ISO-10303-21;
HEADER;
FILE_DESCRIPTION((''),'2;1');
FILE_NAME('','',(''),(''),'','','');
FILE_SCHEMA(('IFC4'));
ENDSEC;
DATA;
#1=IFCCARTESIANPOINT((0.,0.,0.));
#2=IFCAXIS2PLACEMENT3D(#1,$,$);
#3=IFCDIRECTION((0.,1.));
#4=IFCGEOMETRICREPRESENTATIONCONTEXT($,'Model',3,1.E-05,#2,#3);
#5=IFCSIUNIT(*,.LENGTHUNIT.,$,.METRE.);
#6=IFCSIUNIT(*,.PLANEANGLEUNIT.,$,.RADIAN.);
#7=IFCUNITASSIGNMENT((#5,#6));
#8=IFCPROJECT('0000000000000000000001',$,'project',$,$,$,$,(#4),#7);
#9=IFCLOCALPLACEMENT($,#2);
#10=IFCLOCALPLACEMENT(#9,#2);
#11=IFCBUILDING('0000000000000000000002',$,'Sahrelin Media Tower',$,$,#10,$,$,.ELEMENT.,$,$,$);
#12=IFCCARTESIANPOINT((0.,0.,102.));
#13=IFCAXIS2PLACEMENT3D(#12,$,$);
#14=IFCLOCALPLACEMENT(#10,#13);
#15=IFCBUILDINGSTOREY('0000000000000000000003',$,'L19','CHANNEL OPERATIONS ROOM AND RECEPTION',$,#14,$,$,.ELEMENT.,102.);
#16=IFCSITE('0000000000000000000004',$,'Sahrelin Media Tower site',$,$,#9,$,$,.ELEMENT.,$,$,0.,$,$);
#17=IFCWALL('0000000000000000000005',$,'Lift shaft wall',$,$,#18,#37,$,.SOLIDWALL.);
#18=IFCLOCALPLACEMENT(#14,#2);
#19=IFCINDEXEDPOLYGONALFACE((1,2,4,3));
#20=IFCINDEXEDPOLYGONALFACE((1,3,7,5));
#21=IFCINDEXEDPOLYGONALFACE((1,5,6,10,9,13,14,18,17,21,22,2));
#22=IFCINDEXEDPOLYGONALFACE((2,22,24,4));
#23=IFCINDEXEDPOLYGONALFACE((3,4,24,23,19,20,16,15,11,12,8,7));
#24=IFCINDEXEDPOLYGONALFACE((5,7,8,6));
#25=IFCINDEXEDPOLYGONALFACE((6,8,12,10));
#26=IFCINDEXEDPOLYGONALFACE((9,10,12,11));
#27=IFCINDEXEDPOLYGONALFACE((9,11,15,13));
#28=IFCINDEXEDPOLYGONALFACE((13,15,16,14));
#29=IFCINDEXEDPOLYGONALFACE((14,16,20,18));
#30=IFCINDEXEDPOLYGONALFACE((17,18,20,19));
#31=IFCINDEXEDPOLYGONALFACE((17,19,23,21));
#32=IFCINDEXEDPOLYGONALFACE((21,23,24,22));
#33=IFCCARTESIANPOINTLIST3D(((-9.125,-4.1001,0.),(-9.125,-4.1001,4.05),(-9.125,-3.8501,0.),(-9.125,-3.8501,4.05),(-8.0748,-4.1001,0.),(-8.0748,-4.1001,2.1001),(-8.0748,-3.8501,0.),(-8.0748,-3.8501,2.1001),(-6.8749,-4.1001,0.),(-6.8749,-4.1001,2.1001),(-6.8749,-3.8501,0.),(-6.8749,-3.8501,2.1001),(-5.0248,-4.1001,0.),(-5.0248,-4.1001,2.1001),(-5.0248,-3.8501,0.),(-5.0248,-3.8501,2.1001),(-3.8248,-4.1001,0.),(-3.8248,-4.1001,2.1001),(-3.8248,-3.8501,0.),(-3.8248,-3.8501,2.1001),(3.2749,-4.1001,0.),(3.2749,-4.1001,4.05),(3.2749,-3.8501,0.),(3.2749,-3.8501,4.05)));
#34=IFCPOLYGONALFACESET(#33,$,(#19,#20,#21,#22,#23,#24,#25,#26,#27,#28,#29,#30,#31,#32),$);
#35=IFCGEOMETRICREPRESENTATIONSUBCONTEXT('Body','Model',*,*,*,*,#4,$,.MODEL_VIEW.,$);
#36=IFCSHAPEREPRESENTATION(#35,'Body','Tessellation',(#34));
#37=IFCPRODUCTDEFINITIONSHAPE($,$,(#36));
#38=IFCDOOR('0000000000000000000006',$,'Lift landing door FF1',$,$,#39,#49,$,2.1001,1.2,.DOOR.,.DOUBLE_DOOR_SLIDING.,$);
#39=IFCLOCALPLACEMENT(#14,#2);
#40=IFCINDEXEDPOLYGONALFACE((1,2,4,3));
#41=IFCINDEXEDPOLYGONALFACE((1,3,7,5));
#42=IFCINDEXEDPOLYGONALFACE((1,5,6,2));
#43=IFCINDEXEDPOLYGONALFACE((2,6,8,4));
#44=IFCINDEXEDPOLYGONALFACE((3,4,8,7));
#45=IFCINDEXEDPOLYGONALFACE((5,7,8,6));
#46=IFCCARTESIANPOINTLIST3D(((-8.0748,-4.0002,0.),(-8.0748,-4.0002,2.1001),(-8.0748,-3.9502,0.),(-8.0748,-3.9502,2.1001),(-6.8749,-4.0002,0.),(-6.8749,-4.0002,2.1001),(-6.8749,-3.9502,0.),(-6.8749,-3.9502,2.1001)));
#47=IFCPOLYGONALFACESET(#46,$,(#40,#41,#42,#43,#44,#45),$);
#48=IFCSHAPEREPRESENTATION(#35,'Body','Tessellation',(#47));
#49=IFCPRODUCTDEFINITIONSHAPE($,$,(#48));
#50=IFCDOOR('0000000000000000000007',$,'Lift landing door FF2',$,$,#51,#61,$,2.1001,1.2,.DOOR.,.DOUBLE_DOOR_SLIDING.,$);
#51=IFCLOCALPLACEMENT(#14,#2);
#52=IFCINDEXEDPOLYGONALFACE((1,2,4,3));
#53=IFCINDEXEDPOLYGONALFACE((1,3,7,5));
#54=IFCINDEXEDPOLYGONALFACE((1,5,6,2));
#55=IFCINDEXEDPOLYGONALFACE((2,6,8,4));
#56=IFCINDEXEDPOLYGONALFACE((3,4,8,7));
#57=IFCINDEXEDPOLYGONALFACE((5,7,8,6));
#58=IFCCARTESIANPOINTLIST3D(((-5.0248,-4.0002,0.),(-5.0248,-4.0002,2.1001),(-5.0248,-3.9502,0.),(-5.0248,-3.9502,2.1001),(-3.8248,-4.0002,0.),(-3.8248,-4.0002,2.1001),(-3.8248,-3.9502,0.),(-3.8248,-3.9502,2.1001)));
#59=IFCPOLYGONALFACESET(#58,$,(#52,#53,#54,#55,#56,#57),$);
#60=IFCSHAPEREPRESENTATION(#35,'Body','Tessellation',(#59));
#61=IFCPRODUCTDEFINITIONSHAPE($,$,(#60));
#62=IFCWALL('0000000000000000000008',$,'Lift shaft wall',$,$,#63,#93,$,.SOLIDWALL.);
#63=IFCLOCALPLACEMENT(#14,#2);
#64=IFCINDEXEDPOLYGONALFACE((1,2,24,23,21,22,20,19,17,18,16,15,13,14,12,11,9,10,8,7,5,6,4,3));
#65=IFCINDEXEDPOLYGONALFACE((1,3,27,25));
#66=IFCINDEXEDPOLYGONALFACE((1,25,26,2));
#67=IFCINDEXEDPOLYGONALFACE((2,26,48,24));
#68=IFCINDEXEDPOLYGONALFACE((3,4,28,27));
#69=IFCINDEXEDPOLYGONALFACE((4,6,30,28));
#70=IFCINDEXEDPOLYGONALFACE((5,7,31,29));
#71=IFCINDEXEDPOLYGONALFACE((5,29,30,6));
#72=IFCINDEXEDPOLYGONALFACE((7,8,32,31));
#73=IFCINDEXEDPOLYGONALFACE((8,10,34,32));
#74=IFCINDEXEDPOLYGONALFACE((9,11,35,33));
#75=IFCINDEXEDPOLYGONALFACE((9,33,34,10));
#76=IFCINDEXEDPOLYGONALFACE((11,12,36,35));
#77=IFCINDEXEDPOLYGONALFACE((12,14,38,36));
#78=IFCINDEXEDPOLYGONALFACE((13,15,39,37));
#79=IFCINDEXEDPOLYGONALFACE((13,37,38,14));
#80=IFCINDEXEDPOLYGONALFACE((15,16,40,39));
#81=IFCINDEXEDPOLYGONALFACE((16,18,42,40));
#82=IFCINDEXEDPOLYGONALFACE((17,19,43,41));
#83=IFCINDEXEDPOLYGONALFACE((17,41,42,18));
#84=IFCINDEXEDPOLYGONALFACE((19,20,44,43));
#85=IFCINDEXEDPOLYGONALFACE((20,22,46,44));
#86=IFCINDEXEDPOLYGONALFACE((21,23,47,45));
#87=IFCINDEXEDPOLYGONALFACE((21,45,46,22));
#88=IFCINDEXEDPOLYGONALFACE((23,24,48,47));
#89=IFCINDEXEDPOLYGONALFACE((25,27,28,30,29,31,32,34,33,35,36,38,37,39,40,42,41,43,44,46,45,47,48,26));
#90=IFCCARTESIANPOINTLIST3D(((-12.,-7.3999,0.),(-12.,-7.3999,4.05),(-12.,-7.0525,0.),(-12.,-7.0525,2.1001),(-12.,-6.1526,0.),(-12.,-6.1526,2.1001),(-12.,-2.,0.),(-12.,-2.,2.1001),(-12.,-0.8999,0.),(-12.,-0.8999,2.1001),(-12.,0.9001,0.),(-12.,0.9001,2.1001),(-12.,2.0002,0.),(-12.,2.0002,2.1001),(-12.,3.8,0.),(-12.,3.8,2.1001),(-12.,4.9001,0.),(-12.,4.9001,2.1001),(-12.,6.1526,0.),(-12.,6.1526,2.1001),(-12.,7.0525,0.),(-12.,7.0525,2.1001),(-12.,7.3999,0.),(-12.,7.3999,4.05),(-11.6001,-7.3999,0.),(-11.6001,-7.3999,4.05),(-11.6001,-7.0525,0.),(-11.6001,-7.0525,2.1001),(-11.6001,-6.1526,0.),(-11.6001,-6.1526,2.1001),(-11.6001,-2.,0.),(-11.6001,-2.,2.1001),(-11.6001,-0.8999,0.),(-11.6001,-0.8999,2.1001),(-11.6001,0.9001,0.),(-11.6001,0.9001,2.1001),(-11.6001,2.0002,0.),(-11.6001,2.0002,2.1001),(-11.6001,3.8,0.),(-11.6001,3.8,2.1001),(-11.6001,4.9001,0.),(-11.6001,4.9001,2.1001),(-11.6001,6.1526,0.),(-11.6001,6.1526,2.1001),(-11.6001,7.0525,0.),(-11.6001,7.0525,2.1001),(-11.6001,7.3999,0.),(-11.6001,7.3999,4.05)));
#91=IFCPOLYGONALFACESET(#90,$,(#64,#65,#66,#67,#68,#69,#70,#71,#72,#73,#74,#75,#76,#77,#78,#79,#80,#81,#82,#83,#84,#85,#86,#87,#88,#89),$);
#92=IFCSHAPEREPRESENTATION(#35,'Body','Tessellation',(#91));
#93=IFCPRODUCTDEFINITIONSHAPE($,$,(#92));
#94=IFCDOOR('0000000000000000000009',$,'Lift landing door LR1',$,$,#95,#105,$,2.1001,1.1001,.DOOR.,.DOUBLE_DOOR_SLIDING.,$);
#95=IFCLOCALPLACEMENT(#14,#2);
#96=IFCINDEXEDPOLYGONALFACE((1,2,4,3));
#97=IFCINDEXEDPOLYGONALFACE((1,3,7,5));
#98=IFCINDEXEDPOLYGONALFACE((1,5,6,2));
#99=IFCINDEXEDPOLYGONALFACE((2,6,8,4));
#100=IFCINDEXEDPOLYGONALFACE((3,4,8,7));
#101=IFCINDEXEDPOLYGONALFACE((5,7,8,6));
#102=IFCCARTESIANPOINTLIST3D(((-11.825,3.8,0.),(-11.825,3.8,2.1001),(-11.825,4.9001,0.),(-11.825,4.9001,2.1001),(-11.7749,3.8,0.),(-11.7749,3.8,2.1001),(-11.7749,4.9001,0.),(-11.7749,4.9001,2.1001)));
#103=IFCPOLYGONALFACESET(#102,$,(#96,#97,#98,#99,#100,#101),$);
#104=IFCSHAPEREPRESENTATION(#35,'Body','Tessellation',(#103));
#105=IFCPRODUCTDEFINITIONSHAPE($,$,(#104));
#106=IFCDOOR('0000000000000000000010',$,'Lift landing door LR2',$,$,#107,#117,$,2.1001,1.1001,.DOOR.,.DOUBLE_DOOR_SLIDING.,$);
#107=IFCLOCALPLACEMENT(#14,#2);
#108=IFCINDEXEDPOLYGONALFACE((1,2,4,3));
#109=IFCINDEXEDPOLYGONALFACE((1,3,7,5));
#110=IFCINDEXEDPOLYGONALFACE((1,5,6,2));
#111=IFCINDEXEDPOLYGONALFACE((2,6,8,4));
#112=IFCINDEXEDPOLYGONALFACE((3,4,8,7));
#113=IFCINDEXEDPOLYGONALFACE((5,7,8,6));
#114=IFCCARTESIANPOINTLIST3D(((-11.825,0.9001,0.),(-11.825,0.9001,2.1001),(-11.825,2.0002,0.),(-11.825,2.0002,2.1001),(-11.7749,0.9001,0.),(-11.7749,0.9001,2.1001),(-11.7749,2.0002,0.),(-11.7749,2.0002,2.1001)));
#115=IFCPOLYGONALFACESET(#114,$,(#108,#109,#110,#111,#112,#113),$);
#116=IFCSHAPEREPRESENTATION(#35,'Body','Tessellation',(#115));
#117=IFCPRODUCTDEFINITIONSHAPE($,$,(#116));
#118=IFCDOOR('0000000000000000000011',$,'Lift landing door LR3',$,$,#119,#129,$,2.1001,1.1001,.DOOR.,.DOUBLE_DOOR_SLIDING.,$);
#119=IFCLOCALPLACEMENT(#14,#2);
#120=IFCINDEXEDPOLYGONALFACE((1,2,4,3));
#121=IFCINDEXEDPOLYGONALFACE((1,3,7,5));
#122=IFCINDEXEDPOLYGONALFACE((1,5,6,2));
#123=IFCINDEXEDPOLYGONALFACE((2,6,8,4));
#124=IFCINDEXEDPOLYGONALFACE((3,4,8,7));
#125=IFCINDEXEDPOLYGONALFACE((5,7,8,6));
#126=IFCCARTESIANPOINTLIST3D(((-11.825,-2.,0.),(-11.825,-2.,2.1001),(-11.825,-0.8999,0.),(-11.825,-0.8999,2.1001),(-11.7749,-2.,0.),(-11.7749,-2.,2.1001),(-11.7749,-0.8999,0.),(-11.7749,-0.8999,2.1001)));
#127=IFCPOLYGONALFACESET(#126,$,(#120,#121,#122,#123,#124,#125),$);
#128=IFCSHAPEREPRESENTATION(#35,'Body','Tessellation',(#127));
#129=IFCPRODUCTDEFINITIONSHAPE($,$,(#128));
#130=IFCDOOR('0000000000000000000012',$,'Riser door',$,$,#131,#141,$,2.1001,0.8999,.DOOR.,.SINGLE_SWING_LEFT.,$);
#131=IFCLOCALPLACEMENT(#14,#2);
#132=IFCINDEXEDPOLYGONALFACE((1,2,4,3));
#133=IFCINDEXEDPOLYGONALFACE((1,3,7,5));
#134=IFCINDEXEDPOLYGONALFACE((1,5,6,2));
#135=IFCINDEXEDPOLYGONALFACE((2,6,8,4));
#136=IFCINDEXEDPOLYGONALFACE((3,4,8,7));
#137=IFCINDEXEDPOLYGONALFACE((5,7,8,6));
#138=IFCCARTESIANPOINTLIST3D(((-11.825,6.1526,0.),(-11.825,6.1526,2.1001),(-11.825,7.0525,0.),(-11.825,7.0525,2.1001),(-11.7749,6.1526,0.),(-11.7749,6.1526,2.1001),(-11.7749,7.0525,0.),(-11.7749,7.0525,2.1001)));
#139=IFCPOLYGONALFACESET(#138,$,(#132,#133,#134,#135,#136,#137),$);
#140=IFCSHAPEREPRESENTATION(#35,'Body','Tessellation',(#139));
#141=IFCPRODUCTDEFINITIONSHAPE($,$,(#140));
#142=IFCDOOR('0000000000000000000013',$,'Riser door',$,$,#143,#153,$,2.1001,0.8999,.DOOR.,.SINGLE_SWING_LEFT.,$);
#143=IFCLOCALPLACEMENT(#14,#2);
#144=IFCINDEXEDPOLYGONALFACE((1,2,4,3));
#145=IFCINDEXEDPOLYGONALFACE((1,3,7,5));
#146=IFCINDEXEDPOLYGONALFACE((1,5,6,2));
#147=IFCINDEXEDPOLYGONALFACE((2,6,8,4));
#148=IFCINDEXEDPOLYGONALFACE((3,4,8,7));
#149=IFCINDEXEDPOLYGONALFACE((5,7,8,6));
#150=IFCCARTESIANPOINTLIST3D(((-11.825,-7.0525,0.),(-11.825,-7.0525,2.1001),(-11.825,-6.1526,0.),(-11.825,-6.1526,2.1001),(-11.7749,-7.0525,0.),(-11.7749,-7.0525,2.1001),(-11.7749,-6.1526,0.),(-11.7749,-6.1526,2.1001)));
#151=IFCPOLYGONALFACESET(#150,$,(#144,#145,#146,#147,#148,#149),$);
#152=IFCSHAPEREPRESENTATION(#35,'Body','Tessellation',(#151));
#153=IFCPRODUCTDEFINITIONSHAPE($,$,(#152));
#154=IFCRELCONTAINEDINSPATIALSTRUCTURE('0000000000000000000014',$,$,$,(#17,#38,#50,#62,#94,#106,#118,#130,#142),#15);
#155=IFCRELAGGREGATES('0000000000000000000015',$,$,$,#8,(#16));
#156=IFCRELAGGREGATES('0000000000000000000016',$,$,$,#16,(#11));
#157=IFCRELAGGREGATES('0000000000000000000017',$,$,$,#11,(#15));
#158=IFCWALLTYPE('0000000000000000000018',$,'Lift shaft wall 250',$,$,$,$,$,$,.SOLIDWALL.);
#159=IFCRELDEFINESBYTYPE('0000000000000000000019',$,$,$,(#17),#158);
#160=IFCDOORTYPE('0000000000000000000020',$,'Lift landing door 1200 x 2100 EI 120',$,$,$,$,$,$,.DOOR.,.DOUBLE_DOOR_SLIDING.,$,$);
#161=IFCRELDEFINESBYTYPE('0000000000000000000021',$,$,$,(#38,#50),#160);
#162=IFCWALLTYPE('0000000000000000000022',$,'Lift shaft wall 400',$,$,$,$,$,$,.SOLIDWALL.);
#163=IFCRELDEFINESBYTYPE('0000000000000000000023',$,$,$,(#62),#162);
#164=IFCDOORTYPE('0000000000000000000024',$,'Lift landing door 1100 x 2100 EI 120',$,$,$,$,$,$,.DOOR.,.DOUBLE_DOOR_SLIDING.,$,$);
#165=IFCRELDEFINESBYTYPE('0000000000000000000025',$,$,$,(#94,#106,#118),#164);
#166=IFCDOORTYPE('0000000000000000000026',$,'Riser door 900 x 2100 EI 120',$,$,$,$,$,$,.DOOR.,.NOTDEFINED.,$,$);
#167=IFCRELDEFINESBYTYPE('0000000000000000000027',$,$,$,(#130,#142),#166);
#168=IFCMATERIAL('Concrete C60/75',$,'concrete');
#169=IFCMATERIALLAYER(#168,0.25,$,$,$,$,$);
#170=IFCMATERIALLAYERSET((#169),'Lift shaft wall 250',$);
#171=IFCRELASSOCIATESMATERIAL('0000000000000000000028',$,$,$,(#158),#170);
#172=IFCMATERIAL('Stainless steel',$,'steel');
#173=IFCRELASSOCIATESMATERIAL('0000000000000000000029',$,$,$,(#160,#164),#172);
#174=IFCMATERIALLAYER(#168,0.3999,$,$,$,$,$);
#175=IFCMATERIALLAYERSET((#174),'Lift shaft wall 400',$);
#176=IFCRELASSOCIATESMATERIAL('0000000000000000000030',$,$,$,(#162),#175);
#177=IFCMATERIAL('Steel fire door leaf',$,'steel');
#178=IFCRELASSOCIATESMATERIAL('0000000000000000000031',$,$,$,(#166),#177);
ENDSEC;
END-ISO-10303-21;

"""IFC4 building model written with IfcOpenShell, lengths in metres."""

from ifc_helpers import new_model, si_unit, direction, frame, frame_2d, origin, place, context, subcontext, project, spatial, rectangle, extrude, material, layer, layer_set, type_object, element, fill, save


model = new_model("IFC4")

# Units and contexts
model_context = context("Model", 3, precision=1e-05, world=origin(), true_north=direction((0.0, 1.0)))
body_context = subcontext(model_context, "Body", "Model", "MODEL_VIEW")
ifc_project = project(units=[si_unit("LENGTHUNIT", "METRE"), si_unit("PLANEANGLEUNIT", "RADIAN")], contexts=[model_context])

# Site, building, storey
site_placement = place(None, origin())
site = spatial("IfcSite", under=ifc_project, at=site_placement, Name="Sahrelin Media Tower site", CompositionType="ELEMENT", RefElevation=0.0)
building_placement = place(site_placement, origin())
building = spatial("IfcBuilding", under=site, at=building_placement, Name="Sahrelin Media Tower", CompositionType="ELEMENT")
storey_placement = place(building_placement, frame((0.0, 0.0, 102.0)))
storey = spatial("IfcBuildingStorey", under=building, at=storey_placement, Name="L19", Description="CHANNEL OPERATIONS ROOM AND RECEPTION", CompositionType="ELEMENT", Elevation=102.0)

# Shared definitions
ifc_material_1 = material(Name="Concrete C60/75", Category="concrete")
ifc_material_2 = material(Name="Steel fire door leaf", Category="steel")

# Walls, openings, doors
ifc_layer_1 = layer(ifc_material_1, 0.25)
ifc_layer_set_1 = layer_set([ifc_layer_1], Name="Lift shaft wall 250")
wall_type_1 = type_object("IfcWallType", Name="Lift shaft wall 250", PredefinedType="SOLIDWALL", material=ifc_layer_set_1)
wall_1_placement = place(storey_placement, frame((-9.125, -3.9751, 0.0), z_axis=(0.0, 0.0, 1.0), x_axis=(1.0, 0.0, 0.0)))
wall_1 = element("IfcWall", 1, at=wall_1_placement, inside=storey, type_object=wall_type_1, Name="Lift shaft wall", PredefinedType="SOLIDWALL", context=body_context, shape_type="SweptSolid", body=[
    extrude(rectangle(XDim=12.3999, YDim=0.25, at=frame_2d((6.2, 0.0))), origin(), (0.0, 0.0, 1.0), 4.05),
])
opening_1_placement = place(wall_1_placement, frame((1.05, 0.0, 0.0)))
opening_1 = element("IfcOpeningElement", 2, at=opening_1_placement, cuts=wall_1, PredefinedType="OPENING", context=body_context, shape_type="SweptSolid", body=[
    extrude(rectangle(XDim=1.2, YDim=2.1001, at=frame_2d((0.6001, 1.05))), frame((0.0, 0.125, 0.0), z_axis=(0.0, -1.0, 0.0), x_axis=(1.0, 0.0, 0.0)), (0.0, 0.0, 1.0), 0.25),
])
opening_2_placement = place(wall_1_placement, frame((4.1001, 0.0, 0.0)))
opening_2 = element("IfcOpeningElement", 3, at=opening_2_placement, cuts=wall_1, PredefinedType="OPENING", context=body_context, shape_type="SweptSolid", body=[
    extrude(rectangle(XDim=1.2, YDim=2.1001, at=frame_2d((0.6001, 1.05))), frame((0.0, 0.125, 0.0), z_axis=(0.0, -1.0, 0.0), x_axis=(1.0, 0.0, 0.0)), (0.0, 0.0, 1.0), 0.25),
])
ifc_material_3 = material(Name="Stainless steel", Category="steel")
door_type_1 = type_object("IfcDoorType", Name="Lift landing door 1200 x 2100 EI 120", OperationType="DOUBLE_DOOR_SLIDING", PredefinedType="DOOR", material=ifc_material_3)
door_1_placement = place(opening_1_placement, origin())
door_1 = element("IfcDoor", 4, at=door_1_placement, inside=storey, type_object=door_type_1, Name="Lift landing door FF1", OperationType="DOUBLE_DOOR_SLIDING", OverallHeight=2.1001, OverallWidth=1.2, PredefinedType="DOOR", context=body_context, shape_type="SweptSolid", body=[
    extrude(rectangle(XDim=1.2, YDim=2.1001, at=frame_2d((0.6001, 1.05))), frame((0.0, 0.0249, 0.0), z_axis=(0.0, -1.0, 0.0), x_axis=(1.0, 0.0, 0.0)), (0.0, 0.0, 1.0), 0.05),
])
fill(opening_1, door_1)
door_2_placement = place(opening_2_placement, origin())
door_2 = element("IfcDoor", 5, at=door_2_placement, inside=storey, type_object=door_type_1, Name="Lift landing door FF2", OperationType="DOUBLE_DOOR_SLIDING", OverallHeight=2.1001, OverallWidth=1.2, PredefinedType="DOOR", context=body_context, shape_type="SweptSolid", body=[
    extrude(rectangle(XDim=1.2, YDim=2.1001, at=frame_2d((0.6001, 1.05))), frame((0.0, 0.0249, 0.0), z_axis=(0.0, -1.0, 0.0), x_axis=(1.0, 0.0, 0.0)), (0.0, 0.0, 1.0), 0.05),
])
fill(opening_2, door_2)
ifc_layer_2 = layer(ifc_material_1, 0.3999)
ifc_layer_set_2 = layer_set([ifc_layer_2], Name="Lift shaft wall 400")
wall_type_2 = type_object("IfcWallType", Name="Lift shaft wall 400", PredefinedType="SOLIDWALL", material=ifc_layer_set_2)
wall_2_placement = place(storey_placement, frame((-11.8, -7.3999, 0.0), z_axis=(0.0, 0.0, 1.0), x_axis=(0.0, 1.0, 0.0)))
wall_2 = element("IfcWall", 6, at=wall_2_placement, inside=storey, type_object=wall_type_2, Name="Lift shaft wall", PredefinedType="SOLIDWALL", context=body_context, shape_type="SweptSolid", body=[
    extrude(rectangle(XDim=14.7998, YDim=0.3999, at=frame_2d((7.3999, 0.0))), origin(), (0.0, 0.0, 1.0), 4.05),
])
opening_3_placement = place(wall_2_placement, frame((11.2, 0.0, 0.0)))
opening_3 = element("IfcOpeningElement", 7, at=opening_3_placement, cuts=wall_2, PredefinedType="OPENING", context=body_context, shape_type="SweptSolid", body=[
    extrude(rectangle(XDim=1.1001, YDim=2.1001, at=frame_2d((0.55, 1.05))), frame((0.0, 0.2, 0.0), z_axis=(0.0, -1.0, 0.0), x_axis=(1.0, 0.0, 0.0)), (0.0, 0.0, 1.0), 0.3999),
])
opening_4_placement = place(wall_2_placement, frame((8.3, 0.0, 0.0)))
opening_4 = element("IfcOpeningElement", 8, at=opening_4_placement, cuts=wall_2, PredefinedType="OPENING", context=body_context, shape_type="SweptSolid", body=[
    extrude(rectangle(XDim=1.1001, YDim=2.1001, at=frame_2d((0.55, 1.05))), frame((0.0, 0.2, 0.0), z_axis=(0.0, -1.0, 0.0), x_axis=(1.0, 0.0, 0.0)), (0.0, 0.0, 1.0), 0.3999),
])
opening_5_placement = place(wall_2_placement, frame((5.3999, 0.0, 0.0)))
opening_5 = element("IfcOpeningElement", 9, at=opening_5_placement, cuts=wall_2, PredefinedType="OPENING", context=body_context, shape_type="SweptSolid", body=[
    extrude(rectangle(XDim=1.1001, YDim=2.1001, at=frame_2d((0.55, 1.05))), frame((0.0, 0.2, 0.0), z_axis=(0.0, -1.0, 0.0), x_axis=(1.0, 0.0, 0.0)), (0.0, 0.0, 1.0), 0.3999),
])
opening_6_placement = place(wall_2_placement, frame((13.5525, 0.0, 0.0)))
opening_6 = element("IfcOpeningElement", 10, at=opening_6_placement, cuts=wall_2, PredefinedType="OPENING", context=body_context, shape_type="SweptSolid", body=[
    extrude(rectangle(XDim=0.8999, YDim=2.1001, at=frame_2d((0.45, 1.05))), frame((0.0, 0.2, 0.0), z_axis=(0.0, -1.0, 0.0), x_axis=(1.0, 0.0, 0.0)), (0.0, 0.0, 1.0), 0.3999),
])
opening_7_placement = place(wall_2_placement, frame((0.3474, 0.0, 0.0)))
opening_7 = element("IfcOpeningElement", 11, at=opening_7_placement, cuts=wall_2, PredefinedType="OPENING", context=body_context, shape_type="SweptSolid", body=[
    extrude(rectangle(XDim=0.8999, YDim=2.1001, at=frame_2d((0.45, 1.05))), frame((0.0, 0.2, 0.0), z_axis=(0.0, -1.0, 0.0), x_axis=(1.0, 0.0, 0.0)), (0.0, 0.0, 1.0), 0.3999),
])
door_type_2 = type_object("IfcDoorType", Name="Lift landing door 1100 x 2100 EI 120", OperationType="DOUBLE_DOOR_SLIDING", PredefinedType="DOOR", material=ifc_material_3)
door_3_placement = place(opening_3_placement, origin())
door_3 = element("IfcDoor", 12, at=door_3_placement, inside=storey, type_object=door_type_2, Name="Lift landing door LR1", OperationType="DOUBLE_DOOR_SLIDING", OverallHeight=2.1001, OverallWidth=1.1001, PredefinedType="DOOR", context=body_context, shape_type="SweptSolid", body=[
    extrude(rectangle(XDim=1.1001, YDim=2.1001, at=frame_2d((0.55, 1.05))), frame((0.0, 0.0249, 0.0), z_axis=(0.0, -1.0, 0.0), x_axis=(1.0, 0.0, 0.0)), (0.0, 0.0, 1.0), 0.05),
])
fill(opening_3, door_3)
door_4_placement = place(opening_4_placement, origin())
door_4 = element("IfcDoor", 13, at=door_4_placement, inside=storey, type_object=door_type_2, Name="Lift landing door LR2", OperationType="DOUBLE_DOOR_SLIDING", OverallHeight=2.1001, OverallWidth=1.1001, PredefinedType="DOOR", context=body_context, shape_type="SweptSolid", body=[
    extrude(rectangle(XDim=1.1001, YDim=2.1001, at=frame_2d((0.55, 1.05))), frame((0.0, 0.0249, 0.0), z_axis=(0.0, -1.0, 0.0), x_axis=(1.0, 0.0, 0.0)), (0.0, 0.0, 1.0), 0.05),
])
fill(opening_4, door_4)
door_5_placement = place(opening_5_placement, origin())
door_5 = element("IfcDoor", 14, at=door_5_placement, inside=storey, type_object=door_type_2, Name="Lift landing door LR3", OperationType="DOUBLE_DOOR_SLIDING", OverallHeight=2.1001, OverallWidth=1.1001, PredefinedType="DOOR", context=body_context, shape_type="SweptSolid", body=[
    extrude(rectangle(XDim=1.1001, YDim=2.1001, at=frame_2d((0.55, 1.05))), frame((0.0, 0.0249, 0.0), z_axis=(0.0, -1.0, 0.0), x_axis=(1.0, 0.0, 0.0)), (0.0, 0.0, 1.0), 0.05),
])
fill(opening_5, door_5)
door_type_3 = type_object("IfcDoorType", Name="Riser door 900 x 2100 EI 120", OperationType="NOTDEFINED", PredefinedType="DOOR", material=ifc_material_2)
door_6_placement = place(opening_6_placement, origin())
door_6 = element("IfcDoor", 15, at=door_6_placement, inside=storey, type_object=door_type_3, Name="Riser door", OperationType="SINGLE_SWING_LEFT", OverallHeight=2.1001, OverallWidth=0.8999, PredefinedType="DOOR", context=body_context, shape_type="SweptSolid", body=[
    extrude(rectangle(XDim=0.8999, YDim=2.1001, at=frame_2d((0.45, 1.05))), frame((0.0, 0.0249, 0.0), z_axis=(0.0, -1.0, 0.0), x_axis=(1.0, 0.0, 0.0)), (0.0, 0.0, 1.0), 0.05),
])
fill(opening_6, door_6)
door_7_placement = place(opening_7_placement, origin())
door_7 = element("IfcDoor", 16, at=door_7_placement, inside=storey, type_object=door_type_3, Name="Riser door", OperationType="SINGLE_SWING_LEFT", OverallHeight=2.1001, OverallWidth=0.8999, PredefinedType="DOOR", context=body_context, shape_type="SweptSolid", body=[
    extrude(rectangle(XDim=0.8999, YDim=2.1001, at=frame_2d((0.45, 1.05))), frame((0.0, 0.0249, 0.0), z_axis=(0.0, -1.0, 0.0), x_axis=(1.0, 0.0, 0.0)), (0.0, 0.0, 1.0), 0.05),
])
fill(opening_7, door_7)

save(model, "model.ifc")
